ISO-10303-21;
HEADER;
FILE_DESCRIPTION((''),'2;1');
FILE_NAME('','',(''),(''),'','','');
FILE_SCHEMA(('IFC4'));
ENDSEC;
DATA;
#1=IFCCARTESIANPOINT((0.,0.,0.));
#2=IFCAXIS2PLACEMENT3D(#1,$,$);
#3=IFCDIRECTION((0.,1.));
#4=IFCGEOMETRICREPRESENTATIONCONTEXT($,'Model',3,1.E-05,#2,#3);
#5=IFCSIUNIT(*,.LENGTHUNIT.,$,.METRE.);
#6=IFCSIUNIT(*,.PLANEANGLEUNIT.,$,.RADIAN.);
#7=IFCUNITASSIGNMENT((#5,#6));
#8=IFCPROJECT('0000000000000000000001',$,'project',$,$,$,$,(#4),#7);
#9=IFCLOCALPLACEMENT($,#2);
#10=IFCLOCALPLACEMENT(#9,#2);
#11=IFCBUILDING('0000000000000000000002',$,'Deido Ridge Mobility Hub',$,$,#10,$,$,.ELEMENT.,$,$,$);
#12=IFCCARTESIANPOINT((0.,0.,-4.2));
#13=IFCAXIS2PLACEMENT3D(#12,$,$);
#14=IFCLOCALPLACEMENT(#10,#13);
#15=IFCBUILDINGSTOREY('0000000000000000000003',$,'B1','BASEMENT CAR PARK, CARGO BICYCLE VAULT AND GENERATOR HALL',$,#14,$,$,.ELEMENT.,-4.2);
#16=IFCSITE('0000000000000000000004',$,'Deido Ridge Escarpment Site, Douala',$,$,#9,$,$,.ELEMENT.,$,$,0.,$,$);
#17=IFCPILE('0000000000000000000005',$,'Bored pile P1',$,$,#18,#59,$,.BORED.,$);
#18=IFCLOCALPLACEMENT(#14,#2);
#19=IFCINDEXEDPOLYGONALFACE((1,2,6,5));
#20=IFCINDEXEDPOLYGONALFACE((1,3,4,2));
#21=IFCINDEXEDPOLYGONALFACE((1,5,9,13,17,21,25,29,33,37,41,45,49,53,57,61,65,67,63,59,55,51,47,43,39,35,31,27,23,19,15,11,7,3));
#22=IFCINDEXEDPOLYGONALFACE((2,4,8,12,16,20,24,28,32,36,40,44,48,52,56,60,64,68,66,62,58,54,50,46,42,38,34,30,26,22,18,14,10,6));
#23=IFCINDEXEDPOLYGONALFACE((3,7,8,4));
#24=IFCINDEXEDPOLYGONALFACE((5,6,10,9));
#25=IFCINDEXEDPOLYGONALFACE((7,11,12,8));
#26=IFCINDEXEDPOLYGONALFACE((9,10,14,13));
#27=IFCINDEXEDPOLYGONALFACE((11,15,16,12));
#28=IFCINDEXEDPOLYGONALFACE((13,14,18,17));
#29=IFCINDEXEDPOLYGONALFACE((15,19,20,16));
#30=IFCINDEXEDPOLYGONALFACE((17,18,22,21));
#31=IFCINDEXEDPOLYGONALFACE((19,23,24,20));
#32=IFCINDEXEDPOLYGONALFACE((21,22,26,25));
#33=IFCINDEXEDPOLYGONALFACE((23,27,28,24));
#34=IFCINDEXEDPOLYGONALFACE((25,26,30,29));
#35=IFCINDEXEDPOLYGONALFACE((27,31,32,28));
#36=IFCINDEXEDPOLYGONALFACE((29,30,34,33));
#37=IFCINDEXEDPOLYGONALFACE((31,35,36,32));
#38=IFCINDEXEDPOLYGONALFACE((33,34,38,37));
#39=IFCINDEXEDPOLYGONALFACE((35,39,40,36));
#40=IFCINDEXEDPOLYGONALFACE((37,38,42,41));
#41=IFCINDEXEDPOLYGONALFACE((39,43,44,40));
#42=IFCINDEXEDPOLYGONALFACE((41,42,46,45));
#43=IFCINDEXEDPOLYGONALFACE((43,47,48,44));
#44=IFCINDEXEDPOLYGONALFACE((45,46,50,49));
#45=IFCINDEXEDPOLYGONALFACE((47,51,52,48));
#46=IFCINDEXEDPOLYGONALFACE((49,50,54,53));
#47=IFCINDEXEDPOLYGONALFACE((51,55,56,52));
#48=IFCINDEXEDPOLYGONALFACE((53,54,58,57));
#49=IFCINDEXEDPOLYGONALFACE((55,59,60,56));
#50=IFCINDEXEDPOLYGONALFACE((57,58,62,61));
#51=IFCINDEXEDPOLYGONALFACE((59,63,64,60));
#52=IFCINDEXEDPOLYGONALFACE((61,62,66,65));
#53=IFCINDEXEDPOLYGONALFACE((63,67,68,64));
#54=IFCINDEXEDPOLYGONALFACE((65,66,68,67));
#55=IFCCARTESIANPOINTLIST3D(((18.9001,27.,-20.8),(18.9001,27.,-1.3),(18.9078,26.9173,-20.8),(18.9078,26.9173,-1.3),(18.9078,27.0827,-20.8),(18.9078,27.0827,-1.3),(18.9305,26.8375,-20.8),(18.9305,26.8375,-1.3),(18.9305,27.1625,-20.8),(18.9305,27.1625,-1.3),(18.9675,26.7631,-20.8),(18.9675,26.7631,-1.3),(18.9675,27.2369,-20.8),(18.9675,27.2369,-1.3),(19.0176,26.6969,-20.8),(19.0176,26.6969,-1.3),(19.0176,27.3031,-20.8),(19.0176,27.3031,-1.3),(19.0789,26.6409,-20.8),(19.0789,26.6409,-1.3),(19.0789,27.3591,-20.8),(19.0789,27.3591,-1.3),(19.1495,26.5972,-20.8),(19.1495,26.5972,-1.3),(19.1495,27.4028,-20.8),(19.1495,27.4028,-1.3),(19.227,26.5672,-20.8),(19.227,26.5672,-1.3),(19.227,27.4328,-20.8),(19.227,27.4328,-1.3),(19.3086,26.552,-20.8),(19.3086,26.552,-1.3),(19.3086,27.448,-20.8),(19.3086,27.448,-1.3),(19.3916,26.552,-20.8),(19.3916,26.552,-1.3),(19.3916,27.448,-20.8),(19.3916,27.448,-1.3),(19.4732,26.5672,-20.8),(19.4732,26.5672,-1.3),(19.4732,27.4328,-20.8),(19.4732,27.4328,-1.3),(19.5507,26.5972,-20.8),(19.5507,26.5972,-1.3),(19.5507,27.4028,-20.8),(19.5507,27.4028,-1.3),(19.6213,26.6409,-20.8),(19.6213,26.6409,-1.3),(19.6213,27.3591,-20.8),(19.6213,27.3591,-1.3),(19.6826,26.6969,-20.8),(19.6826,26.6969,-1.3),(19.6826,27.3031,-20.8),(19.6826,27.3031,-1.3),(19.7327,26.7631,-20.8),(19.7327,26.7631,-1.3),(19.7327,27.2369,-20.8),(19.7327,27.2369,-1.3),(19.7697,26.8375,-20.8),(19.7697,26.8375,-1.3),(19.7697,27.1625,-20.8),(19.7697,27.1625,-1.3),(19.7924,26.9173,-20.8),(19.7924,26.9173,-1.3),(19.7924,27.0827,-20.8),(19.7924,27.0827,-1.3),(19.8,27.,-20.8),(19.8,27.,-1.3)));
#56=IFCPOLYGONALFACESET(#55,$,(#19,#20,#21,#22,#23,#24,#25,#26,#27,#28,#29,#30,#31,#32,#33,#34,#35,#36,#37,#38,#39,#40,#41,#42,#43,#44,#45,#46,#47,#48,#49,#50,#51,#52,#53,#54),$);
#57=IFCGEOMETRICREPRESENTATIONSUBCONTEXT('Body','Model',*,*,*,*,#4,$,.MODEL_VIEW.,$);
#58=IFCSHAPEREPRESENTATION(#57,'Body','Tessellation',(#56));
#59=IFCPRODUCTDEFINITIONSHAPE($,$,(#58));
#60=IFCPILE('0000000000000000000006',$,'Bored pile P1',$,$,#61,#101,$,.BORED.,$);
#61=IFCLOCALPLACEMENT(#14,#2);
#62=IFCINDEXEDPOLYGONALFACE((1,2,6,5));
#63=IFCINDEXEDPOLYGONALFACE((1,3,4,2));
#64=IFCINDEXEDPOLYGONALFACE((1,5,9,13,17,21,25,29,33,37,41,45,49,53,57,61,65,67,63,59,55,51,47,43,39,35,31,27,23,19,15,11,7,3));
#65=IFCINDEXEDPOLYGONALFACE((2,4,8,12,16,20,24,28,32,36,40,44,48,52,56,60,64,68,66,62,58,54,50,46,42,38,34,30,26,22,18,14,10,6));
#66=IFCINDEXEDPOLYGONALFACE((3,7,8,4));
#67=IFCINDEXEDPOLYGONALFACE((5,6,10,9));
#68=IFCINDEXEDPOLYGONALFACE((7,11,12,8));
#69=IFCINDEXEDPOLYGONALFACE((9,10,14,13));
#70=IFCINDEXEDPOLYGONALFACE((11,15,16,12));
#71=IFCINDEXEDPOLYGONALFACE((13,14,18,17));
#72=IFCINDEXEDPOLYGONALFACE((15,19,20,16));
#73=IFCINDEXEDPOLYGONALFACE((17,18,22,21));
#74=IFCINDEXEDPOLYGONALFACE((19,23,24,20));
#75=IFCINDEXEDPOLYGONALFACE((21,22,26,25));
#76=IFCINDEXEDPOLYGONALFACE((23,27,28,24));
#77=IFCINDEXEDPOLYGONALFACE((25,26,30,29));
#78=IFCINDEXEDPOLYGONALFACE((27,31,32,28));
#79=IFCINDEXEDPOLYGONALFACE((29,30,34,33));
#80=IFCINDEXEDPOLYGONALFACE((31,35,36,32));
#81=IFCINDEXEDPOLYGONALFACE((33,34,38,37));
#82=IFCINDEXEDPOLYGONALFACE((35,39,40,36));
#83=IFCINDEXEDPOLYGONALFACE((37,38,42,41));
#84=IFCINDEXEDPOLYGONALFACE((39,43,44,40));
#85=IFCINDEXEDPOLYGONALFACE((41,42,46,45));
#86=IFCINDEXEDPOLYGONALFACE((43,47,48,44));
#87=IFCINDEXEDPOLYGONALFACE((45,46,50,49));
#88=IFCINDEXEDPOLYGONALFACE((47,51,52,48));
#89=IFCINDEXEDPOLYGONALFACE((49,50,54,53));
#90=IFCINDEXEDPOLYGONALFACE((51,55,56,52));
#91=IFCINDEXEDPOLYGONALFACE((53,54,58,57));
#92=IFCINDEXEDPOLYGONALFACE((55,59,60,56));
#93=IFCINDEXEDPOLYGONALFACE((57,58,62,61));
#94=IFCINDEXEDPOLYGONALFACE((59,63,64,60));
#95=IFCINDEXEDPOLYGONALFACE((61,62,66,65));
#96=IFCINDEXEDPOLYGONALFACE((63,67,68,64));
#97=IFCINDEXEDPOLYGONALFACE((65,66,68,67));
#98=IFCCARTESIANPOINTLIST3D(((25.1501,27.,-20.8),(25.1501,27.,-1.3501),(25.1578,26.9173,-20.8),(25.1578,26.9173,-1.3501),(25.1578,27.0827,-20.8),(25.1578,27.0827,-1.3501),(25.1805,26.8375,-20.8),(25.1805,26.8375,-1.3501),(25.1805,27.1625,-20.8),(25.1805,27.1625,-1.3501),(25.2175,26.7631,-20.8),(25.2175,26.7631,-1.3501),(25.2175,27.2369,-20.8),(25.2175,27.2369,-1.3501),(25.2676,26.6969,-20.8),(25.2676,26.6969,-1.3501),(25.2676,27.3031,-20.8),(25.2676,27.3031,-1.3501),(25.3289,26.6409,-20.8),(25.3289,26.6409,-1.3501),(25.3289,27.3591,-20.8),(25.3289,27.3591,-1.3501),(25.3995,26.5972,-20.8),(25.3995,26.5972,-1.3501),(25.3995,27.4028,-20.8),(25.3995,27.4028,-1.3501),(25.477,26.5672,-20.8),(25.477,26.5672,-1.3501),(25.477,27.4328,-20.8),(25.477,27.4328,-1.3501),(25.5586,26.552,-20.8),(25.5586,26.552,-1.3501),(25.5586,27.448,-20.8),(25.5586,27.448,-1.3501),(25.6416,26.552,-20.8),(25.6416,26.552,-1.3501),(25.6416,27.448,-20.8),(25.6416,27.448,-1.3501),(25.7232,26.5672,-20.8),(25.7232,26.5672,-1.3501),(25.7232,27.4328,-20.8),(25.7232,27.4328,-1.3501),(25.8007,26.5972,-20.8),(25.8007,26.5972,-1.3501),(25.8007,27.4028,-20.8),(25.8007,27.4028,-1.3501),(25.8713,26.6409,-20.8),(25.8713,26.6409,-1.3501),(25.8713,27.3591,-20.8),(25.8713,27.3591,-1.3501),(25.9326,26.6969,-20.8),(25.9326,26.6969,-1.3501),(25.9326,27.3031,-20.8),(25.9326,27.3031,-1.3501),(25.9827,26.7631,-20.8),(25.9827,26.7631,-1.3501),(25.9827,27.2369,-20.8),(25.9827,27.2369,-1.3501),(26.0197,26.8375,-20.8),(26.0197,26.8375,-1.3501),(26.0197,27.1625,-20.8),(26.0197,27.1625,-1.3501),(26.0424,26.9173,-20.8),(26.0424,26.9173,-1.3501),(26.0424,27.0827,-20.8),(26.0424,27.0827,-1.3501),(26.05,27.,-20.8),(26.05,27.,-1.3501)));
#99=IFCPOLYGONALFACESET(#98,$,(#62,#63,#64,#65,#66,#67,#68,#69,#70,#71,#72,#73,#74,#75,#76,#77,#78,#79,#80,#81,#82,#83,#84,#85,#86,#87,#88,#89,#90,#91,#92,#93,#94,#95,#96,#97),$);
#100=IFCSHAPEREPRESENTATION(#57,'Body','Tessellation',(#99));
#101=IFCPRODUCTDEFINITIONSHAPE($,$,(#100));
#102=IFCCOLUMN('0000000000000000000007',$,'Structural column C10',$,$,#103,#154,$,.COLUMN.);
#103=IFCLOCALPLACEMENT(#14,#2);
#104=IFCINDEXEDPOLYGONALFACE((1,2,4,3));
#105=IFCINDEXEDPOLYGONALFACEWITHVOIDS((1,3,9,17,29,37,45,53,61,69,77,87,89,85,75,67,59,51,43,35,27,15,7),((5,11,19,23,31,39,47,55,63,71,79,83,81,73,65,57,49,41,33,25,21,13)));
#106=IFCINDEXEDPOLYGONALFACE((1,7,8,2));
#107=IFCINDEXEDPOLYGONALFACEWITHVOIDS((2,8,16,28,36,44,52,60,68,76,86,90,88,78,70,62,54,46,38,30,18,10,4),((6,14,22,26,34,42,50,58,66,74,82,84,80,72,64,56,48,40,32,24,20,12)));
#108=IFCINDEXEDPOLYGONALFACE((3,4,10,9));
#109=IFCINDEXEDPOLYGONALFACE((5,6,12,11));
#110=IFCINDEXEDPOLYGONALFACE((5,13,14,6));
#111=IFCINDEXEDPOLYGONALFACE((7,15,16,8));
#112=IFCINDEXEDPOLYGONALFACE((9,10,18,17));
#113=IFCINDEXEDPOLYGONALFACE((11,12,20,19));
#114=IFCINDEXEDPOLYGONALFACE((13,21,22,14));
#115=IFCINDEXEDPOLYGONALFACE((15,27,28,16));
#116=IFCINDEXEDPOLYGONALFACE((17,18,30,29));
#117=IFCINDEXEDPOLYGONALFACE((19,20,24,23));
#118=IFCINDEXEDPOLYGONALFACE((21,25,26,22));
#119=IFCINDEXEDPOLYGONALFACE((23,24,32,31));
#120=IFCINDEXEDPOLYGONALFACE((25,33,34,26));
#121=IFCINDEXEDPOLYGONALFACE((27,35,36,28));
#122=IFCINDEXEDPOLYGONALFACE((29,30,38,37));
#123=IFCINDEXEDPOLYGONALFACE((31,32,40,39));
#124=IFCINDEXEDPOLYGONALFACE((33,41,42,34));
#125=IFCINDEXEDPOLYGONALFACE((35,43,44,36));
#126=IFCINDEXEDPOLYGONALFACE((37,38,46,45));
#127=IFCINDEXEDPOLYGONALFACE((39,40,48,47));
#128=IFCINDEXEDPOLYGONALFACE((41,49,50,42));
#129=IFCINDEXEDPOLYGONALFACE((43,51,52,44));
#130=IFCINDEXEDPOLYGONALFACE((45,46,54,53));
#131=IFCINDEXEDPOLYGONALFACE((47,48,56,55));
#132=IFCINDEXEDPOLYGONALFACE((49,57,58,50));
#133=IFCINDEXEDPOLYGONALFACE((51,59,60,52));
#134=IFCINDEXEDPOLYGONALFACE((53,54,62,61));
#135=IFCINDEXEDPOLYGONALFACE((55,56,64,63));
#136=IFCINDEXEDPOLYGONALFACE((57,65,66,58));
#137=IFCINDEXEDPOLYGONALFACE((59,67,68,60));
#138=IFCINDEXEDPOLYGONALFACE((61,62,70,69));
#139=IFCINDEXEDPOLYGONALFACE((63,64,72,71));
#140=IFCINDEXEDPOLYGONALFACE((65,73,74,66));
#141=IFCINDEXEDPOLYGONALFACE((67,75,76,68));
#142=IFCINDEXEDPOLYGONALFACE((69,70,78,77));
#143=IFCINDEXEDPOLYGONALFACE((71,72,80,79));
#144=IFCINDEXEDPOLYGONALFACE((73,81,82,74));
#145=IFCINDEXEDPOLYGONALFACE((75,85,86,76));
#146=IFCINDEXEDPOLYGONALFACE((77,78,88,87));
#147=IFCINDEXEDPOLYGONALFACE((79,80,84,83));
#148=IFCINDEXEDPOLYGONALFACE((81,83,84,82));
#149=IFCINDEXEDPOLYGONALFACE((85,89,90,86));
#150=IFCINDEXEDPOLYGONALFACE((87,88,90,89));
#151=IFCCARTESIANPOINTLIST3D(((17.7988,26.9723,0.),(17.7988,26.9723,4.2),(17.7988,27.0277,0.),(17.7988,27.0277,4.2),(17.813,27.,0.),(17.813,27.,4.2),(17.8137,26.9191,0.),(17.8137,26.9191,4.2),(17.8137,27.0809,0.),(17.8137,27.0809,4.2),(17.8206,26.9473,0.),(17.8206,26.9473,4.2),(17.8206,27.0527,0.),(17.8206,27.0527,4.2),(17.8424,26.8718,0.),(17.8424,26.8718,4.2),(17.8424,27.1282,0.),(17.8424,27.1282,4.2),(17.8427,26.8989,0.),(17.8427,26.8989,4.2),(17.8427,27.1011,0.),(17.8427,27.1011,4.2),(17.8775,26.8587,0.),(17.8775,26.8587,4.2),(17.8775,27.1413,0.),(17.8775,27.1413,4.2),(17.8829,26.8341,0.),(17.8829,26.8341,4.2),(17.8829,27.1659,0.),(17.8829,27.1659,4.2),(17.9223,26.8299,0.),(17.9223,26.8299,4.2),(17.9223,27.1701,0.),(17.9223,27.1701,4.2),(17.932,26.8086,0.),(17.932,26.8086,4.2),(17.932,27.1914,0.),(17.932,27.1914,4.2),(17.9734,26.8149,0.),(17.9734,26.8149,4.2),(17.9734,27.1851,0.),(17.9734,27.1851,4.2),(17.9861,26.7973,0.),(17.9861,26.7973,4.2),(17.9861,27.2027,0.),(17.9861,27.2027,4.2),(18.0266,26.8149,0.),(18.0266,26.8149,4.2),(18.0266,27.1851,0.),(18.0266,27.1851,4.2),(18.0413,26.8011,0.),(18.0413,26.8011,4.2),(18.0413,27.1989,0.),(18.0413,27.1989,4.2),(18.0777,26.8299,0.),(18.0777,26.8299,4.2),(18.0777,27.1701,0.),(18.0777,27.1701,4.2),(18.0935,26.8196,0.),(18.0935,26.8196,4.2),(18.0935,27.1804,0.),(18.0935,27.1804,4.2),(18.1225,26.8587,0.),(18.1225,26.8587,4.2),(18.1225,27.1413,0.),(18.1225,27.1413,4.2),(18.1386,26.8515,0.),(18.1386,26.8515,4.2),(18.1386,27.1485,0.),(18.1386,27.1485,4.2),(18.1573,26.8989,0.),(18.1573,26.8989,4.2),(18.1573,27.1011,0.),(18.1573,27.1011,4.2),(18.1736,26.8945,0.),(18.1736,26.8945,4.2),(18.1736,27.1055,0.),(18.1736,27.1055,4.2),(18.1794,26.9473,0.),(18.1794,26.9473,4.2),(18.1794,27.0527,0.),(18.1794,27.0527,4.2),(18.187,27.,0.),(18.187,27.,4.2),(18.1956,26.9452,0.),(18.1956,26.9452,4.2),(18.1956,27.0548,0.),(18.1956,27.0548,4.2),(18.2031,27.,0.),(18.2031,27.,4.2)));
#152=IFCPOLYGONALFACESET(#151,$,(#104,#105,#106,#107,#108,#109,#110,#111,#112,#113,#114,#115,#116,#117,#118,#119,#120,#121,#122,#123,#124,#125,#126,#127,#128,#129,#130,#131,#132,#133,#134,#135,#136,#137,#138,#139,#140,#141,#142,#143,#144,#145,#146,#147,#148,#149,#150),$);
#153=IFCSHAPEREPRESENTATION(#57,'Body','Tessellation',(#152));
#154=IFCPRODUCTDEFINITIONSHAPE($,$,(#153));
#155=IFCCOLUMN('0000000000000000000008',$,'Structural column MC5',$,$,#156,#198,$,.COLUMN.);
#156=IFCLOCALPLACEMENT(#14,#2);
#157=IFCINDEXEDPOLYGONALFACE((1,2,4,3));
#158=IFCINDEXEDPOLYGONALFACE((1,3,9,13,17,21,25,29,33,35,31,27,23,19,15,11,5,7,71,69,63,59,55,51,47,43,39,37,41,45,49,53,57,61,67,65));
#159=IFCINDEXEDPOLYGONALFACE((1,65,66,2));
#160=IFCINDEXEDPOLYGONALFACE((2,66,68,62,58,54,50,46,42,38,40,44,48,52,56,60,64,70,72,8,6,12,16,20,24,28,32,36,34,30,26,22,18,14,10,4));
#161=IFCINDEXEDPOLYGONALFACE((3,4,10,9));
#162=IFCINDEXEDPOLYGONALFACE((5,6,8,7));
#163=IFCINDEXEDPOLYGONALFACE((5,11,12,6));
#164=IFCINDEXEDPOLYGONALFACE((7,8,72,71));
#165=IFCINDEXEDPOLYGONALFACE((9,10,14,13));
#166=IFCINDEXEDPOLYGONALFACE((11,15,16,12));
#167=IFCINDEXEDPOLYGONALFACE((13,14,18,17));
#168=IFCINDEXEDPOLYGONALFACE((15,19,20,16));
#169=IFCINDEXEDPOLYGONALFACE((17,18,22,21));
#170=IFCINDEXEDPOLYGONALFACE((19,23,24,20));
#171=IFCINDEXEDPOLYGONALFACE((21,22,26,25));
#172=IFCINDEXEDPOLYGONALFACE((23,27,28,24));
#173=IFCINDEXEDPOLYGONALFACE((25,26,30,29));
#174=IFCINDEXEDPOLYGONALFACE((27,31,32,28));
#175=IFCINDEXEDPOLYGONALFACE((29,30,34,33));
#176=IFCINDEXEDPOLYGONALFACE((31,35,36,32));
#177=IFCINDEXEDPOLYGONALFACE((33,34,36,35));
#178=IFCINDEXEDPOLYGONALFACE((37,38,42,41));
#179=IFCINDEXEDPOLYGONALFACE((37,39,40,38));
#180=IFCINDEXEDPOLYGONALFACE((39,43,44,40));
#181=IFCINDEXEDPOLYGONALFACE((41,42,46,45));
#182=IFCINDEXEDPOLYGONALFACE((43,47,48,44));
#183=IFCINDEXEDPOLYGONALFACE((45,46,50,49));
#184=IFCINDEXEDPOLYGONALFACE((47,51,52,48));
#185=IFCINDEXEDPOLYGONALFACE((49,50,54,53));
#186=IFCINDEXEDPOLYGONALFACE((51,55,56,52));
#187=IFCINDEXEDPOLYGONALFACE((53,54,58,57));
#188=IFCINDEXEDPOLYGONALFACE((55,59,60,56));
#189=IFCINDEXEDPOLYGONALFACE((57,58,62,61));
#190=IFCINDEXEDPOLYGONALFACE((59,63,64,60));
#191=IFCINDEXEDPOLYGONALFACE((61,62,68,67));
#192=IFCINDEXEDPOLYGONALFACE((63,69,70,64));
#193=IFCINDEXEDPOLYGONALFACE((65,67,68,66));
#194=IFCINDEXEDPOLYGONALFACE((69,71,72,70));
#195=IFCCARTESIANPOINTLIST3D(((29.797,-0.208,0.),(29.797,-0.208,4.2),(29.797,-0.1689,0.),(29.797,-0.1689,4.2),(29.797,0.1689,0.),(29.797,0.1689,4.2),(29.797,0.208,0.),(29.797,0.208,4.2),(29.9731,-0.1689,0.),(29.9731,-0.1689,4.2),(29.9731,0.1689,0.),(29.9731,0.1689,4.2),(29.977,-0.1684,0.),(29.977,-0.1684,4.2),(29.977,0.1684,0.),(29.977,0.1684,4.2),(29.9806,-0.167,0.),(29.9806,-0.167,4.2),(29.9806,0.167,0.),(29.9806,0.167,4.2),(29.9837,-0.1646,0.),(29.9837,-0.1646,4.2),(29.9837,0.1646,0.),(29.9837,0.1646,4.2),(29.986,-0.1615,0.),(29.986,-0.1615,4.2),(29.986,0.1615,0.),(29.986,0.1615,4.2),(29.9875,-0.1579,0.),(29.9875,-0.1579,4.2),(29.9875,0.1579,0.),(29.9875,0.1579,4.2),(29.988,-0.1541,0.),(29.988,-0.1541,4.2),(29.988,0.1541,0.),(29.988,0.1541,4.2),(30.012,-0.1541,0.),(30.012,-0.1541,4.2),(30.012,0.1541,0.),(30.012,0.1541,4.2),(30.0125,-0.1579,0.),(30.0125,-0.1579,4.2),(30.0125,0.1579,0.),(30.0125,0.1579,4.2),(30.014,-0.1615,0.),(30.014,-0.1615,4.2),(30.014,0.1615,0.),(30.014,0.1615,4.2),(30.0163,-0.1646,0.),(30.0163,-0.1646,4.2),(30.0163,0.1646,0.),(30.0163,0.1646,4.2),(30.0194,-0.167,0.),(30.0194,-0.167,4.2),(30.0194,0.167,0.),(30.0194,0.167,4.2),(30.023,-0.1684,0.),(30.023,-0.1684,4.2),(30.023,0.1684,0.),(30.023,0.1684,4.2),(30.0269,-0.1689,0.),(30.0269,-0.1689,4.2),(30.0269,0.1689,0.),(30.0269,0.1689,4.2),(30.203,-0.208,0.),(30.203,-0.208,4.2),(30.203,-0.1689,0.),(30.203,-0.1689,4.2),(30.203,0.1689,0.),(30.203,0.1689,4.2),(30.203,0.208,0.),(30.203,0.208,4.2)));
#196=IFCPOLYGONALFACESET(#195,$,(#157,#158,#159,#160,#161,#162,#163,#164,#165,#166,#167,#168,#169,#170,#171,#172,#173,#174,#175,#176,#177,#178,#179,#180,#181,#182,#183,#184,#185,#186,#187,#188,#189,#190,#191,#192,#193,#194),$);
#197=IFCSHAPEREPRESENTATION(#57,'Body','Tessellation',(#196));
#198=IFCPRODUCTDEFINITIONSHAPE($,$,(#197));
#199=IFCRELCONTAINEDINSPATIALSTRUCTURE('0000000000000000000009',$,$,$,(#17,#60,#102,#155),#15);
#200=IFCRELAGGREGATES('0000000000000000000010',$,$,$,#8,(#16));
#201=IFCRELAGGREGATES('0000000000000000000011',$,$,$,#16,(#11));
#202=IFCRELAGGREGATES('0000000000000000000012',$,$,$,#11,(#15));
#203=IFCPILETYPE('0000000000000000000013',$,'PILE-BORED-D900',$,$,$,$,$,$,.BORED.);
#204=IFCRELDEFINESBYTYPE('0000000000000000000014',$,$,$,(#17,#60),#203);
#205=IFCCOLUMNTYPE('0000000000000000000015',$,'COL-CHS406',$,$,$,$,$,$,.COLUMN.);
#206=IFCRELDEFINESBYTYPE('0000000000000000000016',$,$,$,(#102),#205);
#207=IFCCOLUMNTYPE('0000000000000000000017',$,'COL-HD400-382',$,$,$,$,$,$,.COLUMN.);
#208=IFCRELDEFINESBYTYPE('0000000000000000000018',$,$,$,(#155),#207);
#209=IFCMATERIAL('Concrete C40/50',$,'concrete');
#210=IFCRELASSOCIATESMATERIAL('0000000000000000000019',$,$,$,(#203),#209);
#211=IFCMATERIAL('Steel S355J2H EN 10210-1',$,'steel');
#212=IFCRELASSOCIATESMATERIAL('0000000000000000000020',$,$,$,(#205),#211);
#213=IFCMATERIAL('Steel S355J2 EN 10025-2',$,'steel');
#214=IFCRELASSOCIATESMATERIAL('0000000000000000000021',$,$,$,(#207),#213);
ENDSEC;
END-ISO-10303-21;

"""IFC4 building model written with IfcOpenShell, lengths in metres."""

from ifc_helpers import new_model, si_unit, direction, frame, origin, origin_2d, place, context, subcontext, project, spatial, circle, hollow_circle, i_section, extrude, material, material_profile, profile_set, type_object, element, save


model = new_model("IFC4")

# Units and contexts
model_context = context("Model", 3, precision=1e-05, world=origin(), true_north=direction((0.0, 1.0)))
body_context = subcontext(model_context, "Body", "Model", "MODEL_VIEW")
ifc_project = project(units=[si_unit("LENGTHUNIT", "METRE"), si_unit("PLANEANGLEUNIT", "RADIAN")], contexts=[model_context])

# Site, building, storey
site_placement = place(None, origin())
site = spatial("IfcSite", under=ifc_project, at=site_placement, Name="Deido Ridge Escarpment Site, Douala", CompositionType="ELEMENT", RefElevation=0.0)
building_placement = place(site_placement, origin())
building = spatial("IfcBuilding", under=site, at=building_placement, Name="Deido Ridge Mobility Hub", CompositionType="ELEMENT")
storey_placement = place(building_placement, frame((0.0, 0.0, -4.2)))
storey = spatial("IfcBuildingStorey", under=building, at=storey_placement, Name="B1", Description="BASEMENT CAR PARK, CARGO BICYCLE VAULT AND GENERATOR HALL", CompositionType="ELEMENT", Elevation=-4.2)

# Shared definitions
ifc_material_1 = material(Name="Concrete C40/50", Category="concrete")

# Piles
ifc_material_profile_1 = material_profile(ifc_material_1, circle(Radius=0.45, at=origin_2d()), Name="BORED PILE D900")
ifc_profile_set_1 = profile_set([ifc_material_profile_1], Name="Concrete C40/50")
pile_type_1 = type_object("IfcPileType", Name="PILE-BORED-D900", PredefinedType="BORED", material=ifc_profile_set_1)
pile_1_placement = place(storey_placement, frame((19.3501, 27.0, -1.3), z_axis=(0.0, 0.0, -1.0), x_axis=(1.0, 0.0, 0.0)))
element("IfcPile", 1, at=pile_1_placement, inside=storey, type_object=pile_type_1, Name="Bored pile P1", PredefinedType="BORED", context=body_context, shape_type="SweptSolid", body=[
    extrude(circle(Radius=0.45, at=origin_2d()), origin(), (0.0, 0.0, 1.0), 19.5),
])
pile_2_placement = place(storey_placement, frame((25.6001, 27.0, -1.3501), z_axis=(0.0, 0.0, -1.0), x_axis=(1.0, 0.0, 0.0)))
element("IfcPile", 2, at=pile_2_placement, inside=storey, type_object=pile_type_1, Name="Bored pile P1", PredefinedType="BORED", context=body_context, shape_type="SweptSolid", body=[
    extrude(circle(Radius=0.45, at=origin_2d()), origin(), (0.0, 0.0, 1.0), 19.45),
])

# Columns
ifc_material_2 = material(Name="Steel S355J2H EN 10210-1", Category="steel")
ifc_material_profile_2 = material_profile(ifc_material_2, hollow_circle(Radius=0.2031, WallThickness=0.0161, at=origin_2d()), Name="CHS 406.4x16")
ifc_profile_set_2 = profile_set([ifc_material_profile_2], Name="Steel S355J2H EN 10210-1")
column_type_1 = type_object("IfcColumnType", Name="COL-CHS406", PredefinedType="COLUMN", material=ifc_profile_set_2)
column_1_placement = place(storey_placement, frame((18.0, 27.0, 0.0), z_axis=(0.0, 0.0, 1.0), x_axis=(1.0, 0.0, 0.0)))
element("IfcColumn", 3, at=column_1_placement, inside=storey, type_object=column_type_1, Name="Structural column C10", PredefinedType="COLUMN", context=body_context, shape_type="SweptSolid", body=[
    extrude(hollow_circle(Radius=0.2031, WallThickness=0.0161, at=origin_2d()), origin(), (0.0, 0.0, 1.0), 4.2),
])
ifc_material_3 = material(Name="Steel S355J2 EN 10025-2", Category="steel")
ifc_material_profile_3 = material_profile(ifc_material_3, i_section(OverallWidth=0.406, OverallDepth=0.416, WebThickness=0.0239, FlangeThickness=0.0391, FilletRadius=0.0149, at=origin_2d()), Name="HD 400x382")
ifc_profile_set_3 = profile_set([ifc_material_profile_3], Name="Steel S355J2 EN 10025-2")
column_type_2 = type_object("IfcColumnType", Name="COL-HD400-382", PredefinedType="COLUMN", material=ifc_profile_set_3)
column_2_placement = place(storey_placement, frame((30.0, 0.0, 0.0), z_axis=(0.0, 0.0, 1.0), x_axis=(1.0, 0.0, 0.0)))
element("IfcColumn", 4, at=column_2_placement, inside=storey, type_object=column_type_2, Name="Structural column MC5", PredefinedType="COLUMN", context=body_context, shape_type="SweptSolid", body=[
    extrude(i_section(OverallWidth=0.406, OverallDepth=0.416, WebThickness=0.0239, FlangeThickness=0.0391, FilletRadius=0.0149, at=origin_2d()), origin(), (0.0, 0.0, 1.0), 4.2),
])

save(model, "model.ifc")
